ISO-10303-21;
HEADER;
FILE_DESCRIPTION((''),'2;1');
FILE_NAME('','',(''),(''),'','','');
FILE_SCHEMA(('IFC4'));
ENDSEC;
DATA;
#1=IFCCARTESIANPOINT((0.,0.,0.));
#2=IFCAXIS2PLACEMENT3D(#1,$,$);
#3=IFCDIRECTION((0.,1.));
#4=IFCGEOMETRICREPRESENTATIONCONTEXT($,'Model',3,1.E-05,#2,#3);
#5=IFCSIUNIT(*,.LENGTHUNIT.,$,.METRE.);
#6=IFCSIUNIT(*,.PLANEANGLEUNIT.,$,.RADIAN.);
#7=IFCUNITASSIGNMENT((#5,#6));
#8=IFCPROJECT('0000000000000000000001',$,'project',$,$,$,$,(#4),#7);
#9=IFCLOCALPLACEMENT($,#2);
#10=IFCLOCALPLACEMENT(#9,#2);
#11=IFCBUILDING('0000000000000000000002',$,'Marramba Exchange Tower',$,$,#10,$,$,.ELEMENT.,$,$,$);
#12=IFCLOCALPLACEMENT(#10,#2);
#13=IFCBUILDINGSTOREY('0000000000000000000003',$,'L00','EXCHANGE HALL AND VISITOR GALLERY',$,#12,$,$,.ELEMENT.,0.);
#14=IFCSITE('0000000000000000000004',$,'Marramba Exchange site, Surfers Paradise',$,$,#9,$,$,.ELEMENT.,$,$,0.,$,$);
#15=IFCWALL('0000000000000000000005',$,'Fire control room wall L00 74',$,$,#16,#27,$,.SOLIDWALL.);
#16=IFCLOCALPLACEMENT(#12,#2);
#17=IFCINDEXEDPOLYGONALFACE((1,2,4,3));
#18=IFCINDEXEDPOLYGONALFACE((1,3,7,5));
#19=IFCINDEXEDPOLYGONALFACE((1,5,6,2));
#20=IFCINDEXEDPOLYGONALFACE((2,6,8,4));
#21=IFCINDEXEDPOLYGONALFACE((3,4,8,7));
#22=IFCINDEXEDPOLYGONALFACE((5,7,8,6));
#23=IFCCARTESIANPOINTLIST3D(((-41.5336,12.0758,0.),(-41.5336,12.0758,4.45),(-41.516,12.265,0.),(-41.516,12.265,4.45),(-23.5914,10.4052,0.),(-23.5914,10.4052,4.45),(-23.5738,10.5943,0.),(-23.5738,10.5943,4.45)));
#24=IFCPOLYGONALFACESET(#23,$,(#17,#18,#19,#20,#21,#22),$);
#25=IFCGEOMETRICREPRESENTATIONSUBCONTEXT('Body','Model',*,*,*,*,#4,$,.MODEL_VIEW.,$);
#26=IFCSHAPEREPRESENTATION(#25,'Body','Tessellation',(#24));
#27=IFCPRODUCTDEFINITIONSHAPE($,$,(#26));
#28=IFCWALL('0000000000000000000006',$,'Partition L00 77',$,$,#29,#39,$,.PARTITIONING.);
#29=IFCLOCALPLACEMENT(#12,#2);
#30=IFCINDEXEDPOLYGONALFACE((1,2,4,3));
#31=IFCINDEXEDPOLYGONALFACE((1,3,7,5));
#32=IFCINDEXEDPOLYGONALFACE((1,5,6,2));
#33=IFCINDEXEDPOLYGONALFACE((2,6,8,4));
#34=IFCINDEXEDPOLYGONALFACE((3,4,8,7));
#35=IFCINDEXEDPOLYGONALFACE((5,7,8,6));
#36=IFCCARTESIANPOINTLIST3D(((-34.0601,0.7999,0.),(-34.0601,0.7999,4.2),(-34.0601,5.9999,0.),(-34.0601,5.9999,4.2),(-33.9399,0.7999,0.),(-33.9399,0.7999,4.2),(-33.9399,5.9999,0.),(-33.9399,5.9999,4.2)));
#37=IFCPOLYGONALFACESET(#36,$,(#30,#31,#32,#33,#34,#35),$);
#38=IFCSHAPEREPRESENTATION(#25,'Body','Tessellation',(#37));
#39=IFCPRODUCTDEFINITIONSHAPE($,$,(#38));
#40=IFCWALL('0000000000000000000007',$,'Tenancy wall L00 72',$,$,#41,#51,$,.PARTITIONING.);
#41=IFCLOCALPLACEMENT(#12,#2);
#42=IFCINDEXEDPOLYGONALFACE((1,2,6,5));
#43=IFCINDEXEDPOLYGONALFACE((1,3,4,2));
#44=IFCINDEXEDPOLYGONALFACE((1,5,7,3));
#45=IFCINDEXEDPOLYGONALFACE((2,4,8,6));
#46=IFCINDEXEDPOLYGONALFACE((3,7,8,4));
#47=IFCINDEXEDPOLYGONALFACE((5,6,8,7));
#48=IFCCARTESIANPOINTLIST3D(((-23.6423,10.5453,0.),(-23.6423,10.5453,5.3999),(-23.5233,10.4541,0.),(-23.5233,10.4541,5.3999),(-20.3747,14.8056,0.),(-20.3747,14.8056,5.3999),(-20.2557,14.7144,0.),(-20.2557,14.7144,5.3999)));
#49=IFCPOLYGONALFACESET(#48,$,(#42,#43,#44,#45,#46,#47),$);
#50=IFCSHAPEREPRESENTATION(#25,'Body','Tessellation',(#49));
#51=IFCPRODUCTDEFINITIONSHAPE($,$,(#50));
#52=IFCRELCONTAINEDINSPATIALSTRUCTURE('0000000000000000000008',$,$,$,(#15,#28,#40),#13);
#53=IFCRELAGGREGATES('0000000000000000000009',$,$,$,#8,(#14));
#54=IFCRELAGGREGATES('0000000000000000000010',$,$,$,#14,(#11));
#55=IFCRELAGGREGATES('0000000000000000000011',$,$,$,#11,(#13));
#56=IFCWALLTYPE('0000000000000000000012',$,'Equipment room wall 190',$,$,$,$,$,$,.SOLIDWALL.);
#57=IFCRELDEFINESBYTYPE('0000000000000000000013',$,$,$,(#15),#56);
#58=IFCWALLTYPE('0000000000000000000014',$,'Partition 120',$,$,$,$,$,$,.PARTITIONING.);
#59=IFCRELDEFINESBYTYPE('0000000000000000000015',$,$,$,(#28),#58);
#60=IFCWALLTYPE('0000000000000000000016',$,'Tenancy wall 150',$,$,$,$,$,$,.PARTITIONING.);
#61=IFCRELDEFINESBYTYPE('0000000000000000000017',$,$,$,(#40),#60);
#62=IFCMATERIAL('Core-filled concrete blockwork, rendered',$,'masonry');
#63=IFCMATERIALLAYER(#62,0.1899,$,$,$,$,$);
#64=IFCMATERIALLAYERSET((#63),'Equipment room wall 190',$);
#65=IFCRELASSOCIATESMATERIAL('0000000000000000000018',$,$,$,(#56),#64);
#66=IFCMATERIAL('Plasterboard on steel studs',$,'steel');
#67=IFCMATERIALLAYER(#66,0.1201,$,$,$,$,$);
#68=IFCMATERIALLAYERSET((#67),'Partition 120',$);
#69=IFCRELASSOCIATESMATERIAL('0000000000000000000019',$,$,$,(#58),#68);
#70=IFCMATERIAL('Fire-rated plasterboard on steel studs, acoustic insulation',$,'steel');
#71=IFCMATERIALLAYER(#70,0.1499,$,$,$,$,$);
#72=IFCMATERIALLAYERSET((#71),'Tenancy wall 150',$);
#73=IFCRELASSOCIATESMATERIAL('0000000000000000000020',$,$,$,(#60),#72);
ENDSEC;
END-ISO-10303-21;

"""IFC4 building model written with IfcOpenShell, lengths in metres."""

from ifc_helpers import new_model, si_unit, direction, frame, frame_2d, origin, place, context, subcontext, project, spatial, rectangle, extrude, material, layer, layer_set, type_object, element, save


model = new_model("IFC4")

# Units and contexts
model_context = context("Model", 3, precision=1e-05, world=origin(), true_north=direction((0.0, 1.0)))
body_context = subcontext(model_context, "Body", "Model", "MODEL_VIEW")
ifc_project = project(units=[si_unit("LENGTHUNIT", "METRE"), si_unit("PLANEANGLEUNIT", "RADIAN")], contexts=[model_context])

# Site, building, storey
site_placement = place(None, origin())
site = spatial("IfcSite", under=ifc_project, at=site_placement, Name="Marramba Exchange site, Surfers Paradise", CompositionType="ELEMENT", RefElevation=0.0)
building_placement = place(site_placement, origin())
building = spatial("IfcBuilding", under=site, at=building_placement, Name="Marramba Exchange Tower", CompositionType="ELEMENT")
storey_placement = place(building_placement, origin())
storey = spatial("IfcBuildingStorey", under=building, at=storey_placement, Name="L00", Description="EXCHANGE HALL AND VISITOR GALLERY", CompositionType="ELEMENT", Elevation=0.0)

# Walls
ifc_material_1 = material(Name="Core-filled concrete blockwork, rendered", Category="masonry")
ifc_layer_1 = layer(ifc_material_1, 0.1899)
ifc_layer_set_1 = layer_set([ifc_layer_1], Name="Equipment room wall 190")
wall_type_1 = type_object("IfcWallType", Name="Equipment room wall 190", PredefinedType="SOLIDWALL", material=ifc_layer_set_1)
wall_1_placement = place(storey_placement, frame((-23.5828, 10.4998, 0.0), z_axis=(0.0, 0.0, 1.0), x_axis=(-0.995693, 0.092712, 0.0)))
element("IfcWall", 1, at=wall_1_placement, inside=storey, type_object=wall_type_1, Name="Fire control room wall L00 74", PredefinedType="SOLIDWALL", context=body_context, shape_type="SweptSolid", body=[
    extrude(rectangle(XDim=18.0198, YDim=0.1899, at=frame_2d((9.0098, 0.0))), origin(), (0.0, 0.0, 1.0), 4.45),
])
ifc_material_2 = material(Name="Plasterboard on steel studs", Category="steel")
ifc_layer_2 = layer(ifc_material_2, 0.1201)
ifc_layer_set_2 = layer_set([ifc_layer_2], Name="Partition 120")
wall_type_2 = type_object("IfcWallType", Name="Partition 120", PredefinedType="PARTITIONING", material=ifc_layer_set_2)
wall_2_placement = place(storey_placement, frame((-34.0, 6.0, 0.0), z_axis=(0.0, 0.0, 1.0), x_axis=(0.0, -1.0, 0.0)))
element("IfcWall", 2, at=wall_2_placement, inside=storey, type_object=wall_type_2, Name="Partition L00 77", PredefinedType="PARTITIONING", context=body_context, shape_type="SweptSolid", body=[
    extrude(rectangle(XDim=5.2, YDim=0.1201, at=frame_2d((2.6001, 0.0))), origin(), (0.0, 0.0, 1.0), 4.2),
])
ifc_material_3 = material(Name="Fire-rated plasterboard on steel studs, acoustic insulation", Category="steel")
ifc_layer_3 = layer(ifc_material_3, 0.1499)
ifc_layer_set_3 = layer_set([ifc_layer_3], Name="Tenancy wall 150")
wall_type_3 = type_object("IfcWallType", Name="Tenancy wall 150", PredefinedType="PARTITIONING", material=ifc_layer_set_3)
wall_3_placement = place(storey_placement, frame((-20.3152, 14.76, 0.0), z_axis=(0.0, 0.0, 1.0), x_axis=(-0.608594, -0.793482, 0.0)))
element("IfcWall", 3, at=wall_3_placement, inside=storey, type_object=wall_type_3, Name="Tenancy wall L00 72", PredefinedType="PARTITIONING", context=body_context, shape_type="SweptSolid", body=[
    extrude(rectangle(XDim=5.3691, YDim=0.1499, at=frame_2d((2.6846, 0.0))), origin(), (0.0, 0.0, 1.0), 5.3999),
])

save(model, "model.ifc")
